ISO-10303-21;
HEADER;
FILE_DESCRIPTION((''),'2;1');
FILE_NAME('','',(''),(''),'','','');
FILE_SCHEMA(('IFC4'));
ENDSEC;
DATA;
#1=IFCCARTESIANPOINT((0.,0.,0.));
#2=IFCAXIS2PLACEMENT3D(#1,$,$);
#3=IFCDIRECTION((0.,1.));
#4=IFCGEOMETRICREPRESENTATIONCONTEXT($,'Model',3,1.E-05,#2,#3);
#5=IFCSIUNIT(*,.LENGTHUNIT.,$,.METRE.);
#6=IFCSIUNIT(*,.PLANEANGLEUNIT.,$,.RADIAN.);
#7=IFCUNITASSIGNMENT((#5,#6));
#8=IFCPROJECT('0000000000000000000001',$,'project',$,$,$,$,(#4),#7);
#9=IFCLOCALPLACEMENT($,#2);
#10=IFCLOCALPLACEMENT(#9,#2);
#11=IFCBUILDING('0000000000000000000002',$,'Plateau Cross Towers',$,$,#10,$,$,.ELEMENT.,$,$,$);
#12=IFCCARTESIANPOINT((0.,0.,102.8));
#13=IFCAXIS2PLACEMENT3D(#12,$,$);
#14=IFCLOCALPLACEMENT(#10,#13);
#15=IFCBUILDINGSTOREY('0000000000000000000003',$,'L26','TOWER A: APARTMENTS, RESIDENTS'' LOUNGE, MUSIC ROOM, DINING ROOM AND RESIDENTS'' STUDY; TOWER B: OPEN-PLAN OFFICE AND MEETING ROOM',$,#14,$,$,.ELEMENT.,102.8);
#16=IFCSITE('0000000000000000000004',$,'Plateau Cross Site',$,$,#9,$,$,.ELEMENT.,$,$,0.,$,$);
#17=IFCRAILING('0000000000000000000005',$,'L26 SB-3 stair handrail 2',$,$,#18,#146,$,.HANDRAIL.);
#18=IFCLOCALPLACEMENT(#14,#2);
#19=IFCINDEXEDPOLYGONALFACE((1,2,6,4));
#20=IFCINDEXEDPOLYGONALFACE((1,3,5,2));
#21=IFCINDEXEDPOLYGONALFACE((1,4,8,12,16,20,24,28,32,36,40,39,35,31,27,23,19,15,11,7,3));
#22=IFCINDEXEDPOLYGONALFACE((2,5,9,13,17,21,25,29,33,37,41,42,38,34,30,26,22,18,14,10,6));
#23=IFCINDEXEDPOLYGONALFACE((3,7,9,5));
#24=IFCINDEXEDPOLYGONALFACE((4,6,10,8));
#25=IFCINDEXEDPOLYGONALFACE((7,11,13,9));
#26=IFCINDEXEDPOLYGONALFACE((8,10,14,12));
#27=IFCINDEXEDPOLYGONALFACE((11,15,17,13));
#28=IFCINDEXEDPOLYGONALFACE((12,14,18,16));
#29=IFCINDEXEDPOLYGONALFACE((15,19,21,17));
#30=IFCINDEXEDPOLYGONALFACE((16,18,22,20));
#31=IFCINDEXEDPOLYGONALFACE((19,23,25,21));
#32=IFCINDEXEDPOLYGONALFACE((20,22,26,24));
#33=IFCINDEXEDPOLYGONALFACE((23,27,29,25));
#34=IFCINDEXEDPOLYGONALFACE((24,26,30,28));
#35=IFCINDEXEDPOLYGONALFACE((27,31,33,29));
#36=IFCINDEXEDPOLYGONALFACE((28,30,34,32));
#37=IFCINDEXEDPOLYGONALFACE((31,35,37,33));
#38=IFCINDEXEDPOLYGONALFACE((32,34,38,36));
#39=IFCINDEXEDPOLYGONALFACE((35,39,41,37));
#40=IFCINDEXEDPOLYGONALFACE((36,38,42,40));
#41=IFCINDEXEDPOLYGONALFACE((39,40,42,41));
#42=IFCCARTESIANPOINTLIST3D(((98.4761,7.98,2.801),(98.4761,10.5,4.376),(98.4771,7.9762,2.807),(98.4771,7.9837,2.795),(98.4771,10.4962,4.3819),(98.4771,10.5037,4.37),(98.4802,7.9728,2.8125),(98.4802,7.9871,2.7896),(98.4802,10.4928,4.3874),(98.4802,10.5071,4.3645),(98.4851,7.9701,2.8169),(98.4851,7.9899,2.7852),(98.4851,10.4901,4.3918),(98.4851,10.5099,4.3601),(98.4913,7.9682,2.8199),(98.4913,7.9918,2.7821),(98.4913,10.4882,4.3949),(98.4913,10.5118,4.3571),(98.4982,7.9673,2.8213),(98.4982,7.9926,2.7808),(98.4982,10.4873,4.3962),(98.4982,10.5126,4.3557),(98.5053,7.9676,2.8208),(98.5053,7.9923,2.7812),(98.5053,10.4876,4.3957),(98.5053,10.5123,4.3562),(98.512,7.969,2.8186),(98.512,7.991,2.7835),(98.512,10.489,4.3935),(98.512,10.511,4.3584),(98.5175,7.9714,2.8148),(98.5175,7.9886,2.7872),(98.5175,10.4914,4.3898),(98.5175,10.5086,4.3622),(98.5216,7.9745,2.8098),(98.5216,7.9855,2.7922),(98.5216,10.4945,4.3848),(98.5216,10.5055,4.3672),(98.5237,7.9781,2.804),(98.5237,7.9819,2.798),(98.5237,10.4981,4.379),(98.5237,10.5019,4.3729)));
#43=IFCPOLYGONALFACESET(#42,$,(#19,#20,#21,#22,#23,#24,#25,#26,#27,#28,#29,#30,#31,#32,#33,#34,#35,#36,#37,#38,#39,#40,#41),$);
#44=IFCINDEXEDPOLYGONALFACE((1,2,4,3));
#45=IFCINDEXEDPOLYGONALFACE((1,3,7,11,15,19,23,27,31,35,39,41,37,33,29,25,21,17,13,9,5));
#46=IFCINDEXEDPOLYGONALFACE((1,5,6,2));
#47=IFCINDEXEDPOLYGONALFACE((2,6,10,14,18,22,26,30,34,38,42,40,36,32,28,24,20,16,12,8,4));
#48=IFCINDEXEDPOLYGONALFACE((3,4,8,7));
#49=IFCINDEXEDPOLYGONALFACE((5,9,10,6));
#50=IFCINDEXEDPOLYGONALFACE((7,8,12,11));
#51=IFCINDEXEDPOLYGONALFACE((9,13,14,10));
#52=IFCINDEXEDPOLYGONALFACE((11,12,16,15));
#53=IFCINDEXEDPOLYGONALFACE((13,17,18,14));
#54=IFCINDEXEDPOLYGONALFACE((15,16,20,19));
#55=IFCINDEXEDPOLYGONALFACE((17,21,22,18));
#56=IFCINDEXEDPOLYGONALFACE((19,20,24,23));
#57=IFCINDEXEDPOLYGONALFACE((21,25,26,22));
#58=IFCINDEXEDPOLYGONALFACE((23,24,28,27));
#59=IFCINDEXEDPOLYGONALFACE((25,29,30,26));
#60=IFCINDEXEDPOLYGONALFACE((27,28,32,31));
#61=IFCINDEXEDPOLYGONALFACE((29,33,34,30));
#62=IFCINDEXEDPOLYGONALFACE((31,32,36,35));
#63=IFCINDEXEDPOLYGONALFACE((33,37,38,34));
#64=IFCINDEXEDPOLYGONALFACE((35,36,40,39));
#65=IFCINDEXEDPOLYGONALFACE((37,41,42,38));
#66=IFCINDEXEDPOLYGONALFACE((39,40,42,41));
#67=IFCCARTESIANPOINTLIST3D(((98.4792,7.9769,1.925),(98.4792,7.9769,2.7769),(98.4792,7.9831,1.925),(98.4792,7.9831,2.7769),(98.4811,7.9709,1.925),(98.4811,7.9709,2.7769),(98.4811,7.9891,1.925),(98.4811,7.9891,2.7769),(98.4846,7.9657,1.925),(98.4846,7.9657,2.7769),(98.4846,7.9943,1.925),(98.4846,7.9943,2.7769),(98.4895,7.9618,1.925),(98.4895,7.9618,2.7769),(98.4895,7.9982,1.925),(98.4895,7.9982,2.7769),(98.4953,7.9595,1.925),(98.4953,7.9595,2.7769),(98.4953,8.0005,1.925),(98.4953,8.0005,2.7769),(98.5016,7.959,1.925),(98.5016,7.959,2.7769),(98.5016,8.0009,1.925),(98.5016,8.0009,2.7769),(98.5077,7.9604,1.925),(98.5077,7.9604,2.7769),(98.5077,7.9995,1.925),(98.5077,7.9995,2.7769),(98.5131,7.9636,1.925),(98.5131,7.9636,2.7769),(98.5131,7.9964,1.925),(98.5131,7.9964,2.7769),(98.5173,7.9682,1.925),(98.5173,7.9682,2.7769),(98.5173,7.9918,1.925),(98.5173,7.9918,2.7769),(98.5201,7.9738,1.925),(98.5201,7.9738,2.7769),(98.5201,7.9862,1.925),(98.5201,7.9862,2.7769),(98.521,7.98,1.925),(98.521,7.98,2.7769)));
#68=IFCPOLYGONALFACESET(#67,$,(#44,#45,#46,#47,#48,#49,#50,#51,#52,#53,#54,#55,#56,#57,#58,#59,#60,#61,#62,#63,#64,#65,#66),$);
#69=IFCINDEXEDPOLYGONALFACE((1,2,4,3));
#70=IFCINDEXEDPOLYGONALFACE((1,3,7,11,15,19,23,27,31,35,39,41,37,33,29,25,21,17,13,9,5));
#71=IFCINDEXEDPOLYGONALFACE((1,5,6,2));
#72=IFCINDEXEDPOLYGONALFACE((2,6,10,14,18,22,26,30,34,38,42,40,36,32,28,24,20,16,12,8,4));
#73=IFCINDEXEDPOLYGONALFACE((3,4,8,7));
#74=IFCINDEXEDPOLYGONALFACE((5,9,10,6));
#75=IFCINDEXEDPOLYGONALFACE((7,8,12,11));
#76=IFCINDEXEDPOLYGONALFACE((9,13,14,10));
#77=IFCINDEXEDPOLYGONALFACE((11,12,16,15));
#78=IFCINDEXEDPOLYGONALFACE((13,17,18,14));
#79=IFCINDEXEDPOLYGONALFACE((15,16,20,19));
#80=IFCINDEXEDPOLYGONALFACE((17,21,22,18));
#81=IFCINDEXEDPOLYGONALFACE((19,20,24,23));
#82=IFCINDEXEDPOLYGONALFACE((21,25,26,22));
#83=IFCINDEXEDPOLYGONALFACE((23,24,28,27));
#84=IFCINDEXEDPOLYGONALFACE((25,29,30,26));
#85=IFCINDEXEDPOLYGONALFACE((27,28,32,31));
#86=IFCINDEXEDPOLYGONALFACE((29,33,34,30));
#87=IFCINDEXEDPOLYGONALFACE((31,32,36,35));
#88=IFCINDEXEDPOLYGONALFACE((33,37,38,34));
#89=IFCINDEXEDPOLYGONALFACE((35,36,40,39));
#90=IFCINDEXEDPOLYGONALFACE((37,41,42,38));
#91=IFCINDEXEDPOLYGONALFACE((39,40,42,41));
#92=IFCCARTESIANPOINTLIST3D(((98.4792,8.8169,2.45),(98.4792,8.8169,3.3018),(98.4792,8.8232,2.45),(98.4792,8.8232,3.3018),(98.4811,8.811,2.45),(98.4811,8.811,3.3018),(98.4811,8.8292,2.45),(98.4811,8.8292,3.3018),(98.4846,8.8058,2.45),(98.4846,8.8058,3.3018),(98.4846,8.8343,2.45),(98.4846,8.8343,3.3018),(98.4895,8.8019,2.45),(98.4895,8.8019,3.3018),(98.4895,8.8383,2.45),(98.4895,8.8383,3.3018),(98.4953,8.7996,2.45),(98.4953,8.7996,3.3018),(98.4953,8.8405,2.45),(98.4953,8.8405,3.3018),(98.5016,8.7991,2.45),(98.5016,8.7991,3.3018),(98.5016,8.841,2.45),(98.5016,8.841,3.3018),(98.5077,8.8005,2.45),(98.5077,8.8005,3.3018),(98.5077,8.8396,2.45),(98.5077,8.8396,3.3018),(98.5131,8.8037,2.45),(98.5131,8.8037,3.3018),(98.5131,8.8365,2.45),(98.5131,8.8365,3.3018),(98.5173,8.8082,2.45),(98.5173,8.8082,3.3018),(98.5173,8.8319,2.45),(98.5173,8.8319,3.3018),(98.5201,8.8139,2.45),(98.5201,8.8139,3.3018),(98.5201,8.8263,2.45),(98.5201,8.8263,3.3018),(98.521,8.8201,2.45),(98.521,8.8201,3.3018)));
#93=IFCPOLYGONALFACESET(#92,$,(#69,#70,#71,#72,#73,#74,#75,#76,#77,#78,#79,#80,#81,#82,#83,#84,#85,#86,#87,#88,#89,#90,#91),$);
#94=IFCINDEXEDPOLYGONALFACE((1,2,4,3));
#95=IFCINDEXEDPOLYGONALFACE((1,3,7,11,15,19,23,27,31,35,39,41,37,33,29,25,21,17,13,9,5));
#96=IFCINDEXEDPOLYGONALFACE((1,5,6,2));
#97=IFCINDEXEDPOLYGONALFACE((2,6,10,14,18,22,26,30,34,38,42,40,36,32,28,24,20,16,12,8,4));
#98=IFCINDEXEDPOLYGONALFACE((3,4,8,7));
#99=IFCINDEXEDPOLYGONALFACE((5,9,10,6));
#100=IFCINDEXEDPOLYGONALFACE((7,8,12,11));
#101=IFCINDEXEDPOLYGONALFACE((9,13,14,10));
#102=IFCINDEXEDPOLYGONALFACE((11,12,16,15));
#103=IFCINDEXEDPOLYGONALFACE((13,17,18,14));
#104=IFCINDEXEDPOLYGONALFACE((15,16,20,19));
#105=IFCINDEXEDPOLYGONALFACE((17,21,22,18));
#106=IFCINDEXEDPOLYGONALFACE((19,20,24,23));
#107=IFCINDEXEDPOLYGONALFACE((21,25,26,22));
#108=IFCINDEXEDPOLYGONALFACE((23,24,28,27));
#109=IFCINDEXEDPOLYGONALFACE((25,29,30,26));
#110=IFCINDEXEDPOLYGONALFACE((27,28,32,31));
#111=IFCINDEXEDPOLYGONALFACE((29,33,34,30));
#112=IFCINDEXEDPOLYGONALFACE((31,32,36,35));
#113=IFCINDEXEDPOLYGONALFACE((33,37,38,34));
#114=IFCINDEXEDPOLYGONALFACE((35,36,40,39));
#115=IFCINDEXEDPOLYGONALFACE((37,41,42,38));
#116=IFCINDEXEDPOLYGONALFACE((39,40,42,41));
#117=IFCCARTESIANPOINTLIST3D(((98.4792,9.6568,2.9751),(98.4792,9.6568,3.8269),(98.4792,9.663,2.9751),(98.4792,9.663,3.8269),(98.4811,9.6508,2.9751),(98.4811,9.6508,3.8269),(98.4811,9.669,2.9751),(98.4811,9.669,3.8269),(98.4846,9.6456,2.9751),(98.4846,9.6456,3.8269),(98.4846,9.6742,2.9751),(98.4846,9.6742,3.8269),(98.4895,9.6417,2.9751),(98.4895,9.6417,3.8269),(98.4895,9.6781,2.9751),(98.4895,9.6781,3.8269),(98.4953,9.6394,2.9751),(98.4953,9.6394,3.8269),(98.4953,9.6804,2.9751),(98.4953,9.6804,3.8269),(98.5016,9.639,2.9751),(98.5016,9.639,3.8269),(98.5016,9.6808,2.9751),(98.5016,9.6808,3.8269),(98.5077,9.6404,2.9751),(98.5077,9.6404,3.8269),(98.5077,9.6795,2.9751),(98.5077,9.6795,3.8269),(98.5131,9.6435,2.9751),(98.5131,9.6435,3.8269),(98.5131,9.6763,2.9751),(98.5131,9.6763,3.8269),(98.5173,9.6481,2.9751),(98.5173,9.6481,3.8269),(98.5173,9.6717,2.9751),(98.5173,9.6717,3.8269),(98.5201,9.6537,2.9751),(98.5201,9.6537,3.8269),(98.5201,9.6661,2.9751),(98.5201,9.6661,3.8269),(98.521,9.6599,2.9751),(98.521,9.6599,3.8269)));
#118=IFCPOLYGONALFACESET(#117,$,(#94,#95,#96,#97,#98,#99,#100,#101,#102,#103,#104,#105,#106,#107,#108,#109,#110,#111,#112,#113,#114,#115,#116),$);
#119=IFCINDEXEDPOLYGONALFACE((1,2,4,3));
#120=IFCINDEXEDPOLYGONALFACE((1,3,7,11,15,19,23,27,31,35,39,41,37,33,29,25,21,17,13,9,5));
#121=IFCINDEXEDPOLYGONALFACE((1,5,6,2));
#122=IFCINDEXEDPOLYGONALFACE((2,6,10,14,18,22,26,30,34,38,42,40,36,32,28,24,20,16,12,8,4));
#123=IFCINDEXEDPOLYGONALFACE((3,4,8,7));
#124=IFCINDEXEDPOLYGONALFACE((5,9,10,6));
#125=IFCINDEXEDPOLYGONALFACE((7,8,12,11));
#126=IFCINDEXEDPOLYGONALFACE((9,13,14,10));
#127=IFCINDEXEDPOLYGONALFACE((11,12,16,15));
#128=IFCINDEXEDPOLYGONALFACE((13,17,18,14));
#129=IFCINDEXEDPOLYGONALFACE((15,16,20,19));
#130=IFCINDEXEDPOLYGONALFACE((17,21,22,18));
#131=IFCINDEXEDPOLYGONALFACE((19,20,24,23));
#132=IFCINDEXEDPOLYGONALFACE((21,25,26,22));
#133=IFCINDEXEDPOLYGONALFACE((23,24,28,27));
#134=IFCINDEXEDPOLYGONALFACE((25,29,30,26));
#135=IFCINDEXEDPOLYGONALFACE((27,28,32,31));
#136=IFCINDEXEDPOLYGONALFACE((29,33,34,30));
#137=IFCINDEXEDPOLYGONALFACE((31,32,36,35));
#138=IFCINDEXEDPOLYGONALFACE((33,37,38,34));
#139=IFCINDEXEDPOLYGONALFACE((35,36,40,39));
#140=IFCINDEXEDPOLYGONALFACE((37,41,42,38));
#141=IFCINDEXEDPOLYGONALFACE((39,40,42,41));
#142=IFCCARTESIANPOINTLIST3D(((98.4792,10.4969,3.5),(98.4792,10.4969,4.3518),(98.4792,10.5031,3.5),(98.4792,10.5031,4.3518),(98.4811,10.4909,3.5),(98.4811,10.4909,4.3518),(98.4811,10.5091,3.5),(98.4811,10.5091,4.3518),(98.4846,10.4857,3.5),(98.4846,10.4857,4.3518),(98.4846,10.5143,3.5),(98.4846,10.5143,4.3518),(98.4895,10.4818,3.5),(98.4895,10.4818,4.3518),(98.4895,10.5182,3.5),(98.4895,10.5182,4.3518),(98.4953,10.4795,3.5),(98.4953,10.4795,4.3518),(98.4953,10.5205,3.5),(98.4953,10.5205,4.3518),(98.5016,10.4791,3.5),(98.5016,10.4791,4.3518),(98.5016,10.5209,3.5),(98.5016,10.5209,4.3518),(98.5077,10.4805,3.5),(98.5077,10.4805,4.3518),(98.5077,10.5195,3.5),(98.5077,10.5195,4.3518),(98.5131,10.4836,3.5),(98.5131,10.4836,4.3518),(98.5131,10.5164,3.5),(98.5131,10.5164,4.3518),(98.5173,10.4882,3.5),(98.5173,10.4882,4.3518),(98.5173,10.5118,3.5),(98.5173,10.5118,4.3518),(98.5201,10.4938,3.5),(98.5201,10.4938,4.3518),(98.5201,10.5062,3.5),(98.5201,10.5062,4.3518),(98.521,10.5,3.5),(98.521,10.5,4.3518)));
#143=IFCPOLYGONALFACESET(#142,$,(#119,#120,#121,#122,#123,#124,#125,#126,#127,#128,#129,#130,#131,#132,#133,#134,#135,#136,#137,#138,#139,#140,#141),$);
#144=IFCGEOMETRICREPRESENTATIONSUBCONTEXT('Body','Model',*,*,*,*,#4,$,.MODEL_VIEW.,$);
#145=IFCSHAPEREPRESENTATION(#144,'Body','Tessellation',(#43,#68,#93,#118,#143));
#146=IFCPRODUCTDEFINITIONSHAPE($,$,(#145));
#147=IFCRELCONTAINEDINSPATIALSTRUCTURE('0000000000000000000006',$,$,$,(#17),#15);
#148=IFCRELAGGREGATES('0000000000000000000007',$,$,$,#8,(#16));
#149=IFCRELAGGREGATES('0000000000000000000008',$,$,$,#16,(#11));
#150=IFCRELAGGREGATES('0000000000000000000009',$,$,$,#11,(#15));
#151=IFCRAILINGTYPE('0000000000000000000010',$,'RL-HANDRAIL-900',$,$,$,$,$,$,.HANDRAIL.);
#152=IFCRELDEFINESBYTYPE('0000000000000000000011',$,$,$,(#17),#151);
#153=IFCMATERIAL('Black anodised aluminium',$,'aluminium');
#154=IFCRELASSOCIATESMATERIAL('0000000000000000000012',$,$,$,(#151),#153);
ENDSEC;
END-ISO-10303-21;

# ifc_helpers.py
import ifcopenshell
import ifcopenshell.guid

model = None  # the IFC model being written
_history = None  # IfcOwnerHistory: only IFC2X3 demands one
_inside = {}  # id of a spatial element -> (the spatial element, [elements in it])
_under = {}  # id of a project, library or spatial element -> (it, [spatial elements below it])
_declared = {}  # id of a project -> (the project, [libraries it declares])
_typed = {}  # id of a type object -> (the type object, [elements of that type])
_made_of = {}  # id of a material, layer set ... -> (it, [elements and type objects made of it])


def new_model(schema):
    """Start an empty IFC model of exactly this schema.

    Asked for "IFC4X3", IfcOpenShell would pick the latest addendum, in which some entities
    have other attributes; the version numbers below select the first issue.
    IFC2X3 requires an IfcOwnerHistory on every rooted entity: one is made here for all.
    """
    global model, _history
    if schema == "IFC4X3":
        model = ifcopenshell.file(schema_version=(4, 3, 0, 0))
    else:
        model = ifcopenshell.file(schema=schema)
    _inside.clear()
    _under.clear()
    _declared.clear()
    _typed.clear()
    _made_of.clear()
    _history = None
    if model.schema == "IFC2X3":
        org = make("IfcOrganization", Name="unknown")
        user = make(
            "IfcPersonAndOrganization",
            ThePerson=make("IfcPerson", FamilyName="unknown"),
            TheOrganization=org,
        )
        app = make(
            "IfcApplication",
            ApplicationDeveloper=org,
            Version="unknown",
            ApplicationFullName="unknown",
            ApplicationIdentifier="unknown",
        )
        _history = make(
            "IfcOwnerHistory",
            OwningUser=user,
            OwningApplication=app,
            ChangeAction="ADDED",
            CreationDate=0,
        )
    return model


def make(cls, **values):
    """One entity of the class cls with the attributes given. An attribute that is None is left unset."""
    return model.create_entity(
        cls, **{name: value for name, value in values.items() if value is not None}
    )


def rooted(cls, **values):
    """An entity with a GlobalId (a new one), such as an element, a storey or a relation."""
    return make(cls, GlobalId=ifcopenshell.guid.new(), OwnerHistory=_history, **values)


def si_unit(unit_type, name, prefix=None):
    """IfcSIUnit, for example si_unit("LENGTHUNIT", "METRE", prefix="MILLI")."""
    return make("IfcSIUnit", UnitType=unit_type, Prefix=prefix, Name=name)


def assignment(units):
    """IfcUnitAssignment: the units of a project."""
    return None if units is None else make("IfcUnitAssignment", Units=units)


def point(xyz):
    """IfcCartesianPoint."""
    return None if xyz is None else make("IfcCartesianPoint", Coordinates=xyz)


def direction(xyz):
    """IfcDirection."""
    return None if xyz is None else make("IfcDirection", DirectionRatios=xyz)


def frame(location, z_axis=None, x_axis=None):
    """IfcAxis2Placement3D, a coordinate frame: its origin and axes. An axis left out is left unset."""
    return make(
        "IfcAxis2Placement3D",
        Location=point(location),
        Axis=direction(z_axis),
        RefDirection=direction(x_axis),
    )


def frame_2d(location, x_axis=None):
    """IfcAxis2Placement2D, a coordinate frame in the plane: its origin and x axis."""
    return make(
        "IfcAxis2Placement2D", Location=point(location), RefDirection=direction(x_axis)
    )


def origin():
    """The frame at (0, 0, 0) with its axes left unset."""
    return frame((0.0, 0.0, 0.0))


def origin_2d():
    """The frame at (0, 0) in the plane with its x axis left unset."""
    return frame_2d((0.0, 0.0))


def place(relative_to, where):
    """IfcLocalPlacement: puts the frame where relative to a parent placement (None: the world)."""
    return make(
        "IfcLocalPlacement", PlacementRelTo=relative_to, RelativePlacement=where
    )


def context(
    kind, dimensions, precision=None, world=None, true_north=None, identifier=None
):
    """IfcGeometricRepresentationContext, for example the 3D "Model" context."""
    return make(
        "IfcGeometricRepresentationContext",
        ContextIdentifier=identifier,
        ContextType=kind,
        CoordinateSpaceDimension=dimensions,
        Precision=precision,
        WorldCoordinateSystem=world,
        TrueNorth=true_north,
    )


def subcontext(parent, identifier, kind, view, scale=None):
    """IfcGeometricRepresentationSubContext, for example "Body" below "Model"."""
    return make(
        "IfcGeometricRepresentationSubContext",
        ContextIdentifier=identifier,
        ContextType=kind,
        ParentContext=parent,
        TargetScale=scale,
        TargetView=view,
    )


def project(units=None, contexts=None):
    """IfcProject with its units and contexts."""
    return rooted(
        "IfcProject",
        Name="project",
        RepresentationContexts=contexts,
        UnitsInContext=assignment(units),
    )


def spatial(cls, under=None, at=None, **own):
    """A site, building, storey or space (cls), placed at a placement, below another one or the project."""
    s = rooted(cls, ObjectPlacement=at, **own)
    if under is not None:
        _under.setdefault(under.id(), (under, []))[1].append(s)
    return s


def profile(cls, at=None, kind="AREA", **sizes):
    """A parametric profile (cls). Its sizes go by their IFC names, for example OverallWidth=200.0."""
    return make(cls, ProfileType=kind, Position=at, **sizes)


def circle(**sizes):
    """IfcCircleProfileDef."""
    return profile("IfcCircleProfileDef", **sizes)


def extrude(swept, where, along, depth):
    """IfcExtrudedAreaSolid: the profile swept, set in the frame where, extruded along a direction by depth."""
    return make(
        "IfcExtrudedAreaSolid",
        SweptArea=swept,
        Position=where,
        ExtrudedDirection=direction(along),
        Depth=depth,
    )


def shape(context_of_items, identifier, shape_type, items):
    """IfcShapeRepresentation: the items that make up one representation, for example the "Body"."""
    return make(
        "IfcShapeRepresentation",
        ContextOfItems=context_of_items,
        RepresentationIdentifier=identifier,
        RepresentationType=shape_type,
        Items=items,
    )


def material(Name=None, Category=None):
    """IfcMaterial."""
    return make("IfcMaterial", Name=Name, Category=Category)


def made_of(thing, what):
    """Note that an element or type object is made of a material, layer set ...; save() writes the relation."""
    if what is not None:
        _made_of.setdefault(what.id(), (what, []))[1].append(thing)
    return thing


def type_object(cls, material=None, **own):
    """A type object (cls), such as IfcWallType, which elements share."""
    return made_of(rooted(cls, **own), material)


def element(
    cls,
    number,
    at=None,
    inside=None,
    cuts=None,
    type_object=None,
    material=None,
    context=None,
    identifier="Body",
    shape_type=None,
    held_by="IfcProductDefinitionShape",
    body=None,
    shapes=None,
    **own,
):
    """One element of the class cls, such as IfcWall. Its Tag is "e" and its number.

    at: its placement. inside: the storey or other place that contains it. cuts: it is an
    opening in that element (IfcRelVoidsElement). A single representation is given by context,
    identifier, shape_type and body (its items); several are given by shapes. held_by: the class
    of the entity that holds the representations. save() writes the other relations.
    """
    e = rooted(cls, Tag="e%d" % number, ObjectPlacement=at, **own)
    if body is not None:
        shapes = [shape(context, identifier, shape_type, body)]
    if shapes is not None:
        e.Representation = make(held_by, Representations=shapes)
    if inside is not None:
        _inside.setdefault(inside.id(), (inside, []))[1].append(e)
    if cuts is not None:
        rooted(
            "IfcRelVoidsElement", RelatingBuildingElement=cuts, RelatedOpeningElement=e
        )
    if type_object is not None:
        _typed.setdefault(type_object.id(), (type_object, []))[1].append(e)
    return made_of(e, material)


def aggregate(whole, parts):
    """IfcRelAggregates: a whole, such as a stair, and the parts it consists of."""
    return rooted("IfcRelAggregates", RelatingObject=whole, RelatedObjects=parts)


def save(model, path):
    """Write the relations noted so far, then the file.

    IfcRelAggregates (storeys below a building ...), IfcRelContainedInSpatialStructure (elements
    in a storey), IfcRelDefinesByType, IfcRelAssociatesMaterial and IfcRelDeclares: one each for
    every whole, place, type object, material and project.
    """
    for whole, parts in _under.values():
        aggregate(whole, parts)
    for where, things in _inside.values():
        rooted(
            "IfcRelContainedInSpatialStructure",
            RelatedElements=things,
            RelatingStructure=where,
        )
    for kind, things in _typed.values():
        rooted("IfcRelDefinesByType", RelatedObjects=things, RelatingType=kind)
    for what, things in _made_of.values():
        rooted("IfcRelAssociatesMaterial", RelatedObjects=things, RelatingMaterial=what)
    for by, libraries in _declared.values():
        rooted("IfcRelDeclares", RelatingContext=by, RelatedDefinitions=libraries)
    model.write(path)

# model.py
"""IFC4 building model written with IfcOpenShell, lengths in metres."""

from ifc_helpers import new_model, si_unit, direction, frame, origin, origin_2d, place, context, subcontext, project, spatial, circle, extrude, material, type_object, element, save


model = new_model("IFC4")

# Units and contexts
model_context = context("Model", 3, precision=1e-05, world=origin(), true_north=direction((0.0, 1.0)))
body_context = subcontext(model_context, "Body", "Model", "MODEL_VIEW")
ifc_project = project(units=[si_unit("LENGTHUNIT", "METRE"), si_unit("PLANEANGLEUNIT", "RADIAN")], contexts=[model_context])

# Site, building, storey
site_placement = place(None, origin())
site = spatial("IfcSite", under=ifc_project, at=site_placement, Name="Plateau Cross Site", CompositionType="ELEMENT", RefElevation=0.0)
building_placement = place(site_placement, origin())
building = spatial("IfcBuilding", under=site, at=building_placement, Name="Plateau Cross Towers", CompositionType="ELEMENT")
storey_placement = place(building_placement, frame((0.0, 0.0, 102.8)))
storey = spatial("IfcBuildingStorey", under=building, at=storey_placement, Name="L26", Description="TOWER A: APARTMENTS, RESIDENTS' LOUNGE, MUSIC ROOM, DINING ROOM AND RESIDENTS' STUDY; TOWER B: OPEN-PLAN OFFICE AND MEETING ROOM", CompositionType="ELEMENT", Elevation=102.8)

# Shared definitions
ifc_material_1 = material(Name="Black anodised aluminium", Category="aluminium")

# Railing
railing_type_1 = type_object("IfcRailingType", Name="RL-HANDRAIL-900", PredefinedType="HANDRAIL", material=ifc_material_1)
railing_1_placement = place(storey_placement, frame((98.5, 7.98, 1.925)))
element("IfcRailing", 1, at=railing_1_placement, inside=storey, type_object=railing_type_1, Name="L26 SB-3 stair handrail 2", PredefinedType="HANDRAIL", context=body_context, shape_type="SweptSolid", body=[
    extrude(circle(Radius=0.0239, at=origin_2d()), frame((0.0, 0.0, 0.876), z_axis=(0.0, 0.848008, 0.529984), x_axis=(-1.0, 0.0, 0.0)), (0.0, 0.0, 1.0), 2.9717),
    extrude(circle(Radius=0.021, at=origin_2d()), origin(), (0.0, 0.0, 1.0), 0.8518),
    extrude(circle(Radius=0.021, at=origin_2d()), frame((0.0, 0.8401, 0.5249)), (0.0, 0.0, 1.0), 0.8518),
    extrude(circle(Radius=0.021, at=origin_2d()), frame((0.0, 1.6799, 1.05)), (0.0, 0.0, 1.0), 0.8518),
    extrude(circle(Radius=0.021, at=origin_2d()), frame((0.0, 2.52, 1.575)), (0.0, 0.0, 1.0), 0.8518),
])

save(model, "model.ifc")
